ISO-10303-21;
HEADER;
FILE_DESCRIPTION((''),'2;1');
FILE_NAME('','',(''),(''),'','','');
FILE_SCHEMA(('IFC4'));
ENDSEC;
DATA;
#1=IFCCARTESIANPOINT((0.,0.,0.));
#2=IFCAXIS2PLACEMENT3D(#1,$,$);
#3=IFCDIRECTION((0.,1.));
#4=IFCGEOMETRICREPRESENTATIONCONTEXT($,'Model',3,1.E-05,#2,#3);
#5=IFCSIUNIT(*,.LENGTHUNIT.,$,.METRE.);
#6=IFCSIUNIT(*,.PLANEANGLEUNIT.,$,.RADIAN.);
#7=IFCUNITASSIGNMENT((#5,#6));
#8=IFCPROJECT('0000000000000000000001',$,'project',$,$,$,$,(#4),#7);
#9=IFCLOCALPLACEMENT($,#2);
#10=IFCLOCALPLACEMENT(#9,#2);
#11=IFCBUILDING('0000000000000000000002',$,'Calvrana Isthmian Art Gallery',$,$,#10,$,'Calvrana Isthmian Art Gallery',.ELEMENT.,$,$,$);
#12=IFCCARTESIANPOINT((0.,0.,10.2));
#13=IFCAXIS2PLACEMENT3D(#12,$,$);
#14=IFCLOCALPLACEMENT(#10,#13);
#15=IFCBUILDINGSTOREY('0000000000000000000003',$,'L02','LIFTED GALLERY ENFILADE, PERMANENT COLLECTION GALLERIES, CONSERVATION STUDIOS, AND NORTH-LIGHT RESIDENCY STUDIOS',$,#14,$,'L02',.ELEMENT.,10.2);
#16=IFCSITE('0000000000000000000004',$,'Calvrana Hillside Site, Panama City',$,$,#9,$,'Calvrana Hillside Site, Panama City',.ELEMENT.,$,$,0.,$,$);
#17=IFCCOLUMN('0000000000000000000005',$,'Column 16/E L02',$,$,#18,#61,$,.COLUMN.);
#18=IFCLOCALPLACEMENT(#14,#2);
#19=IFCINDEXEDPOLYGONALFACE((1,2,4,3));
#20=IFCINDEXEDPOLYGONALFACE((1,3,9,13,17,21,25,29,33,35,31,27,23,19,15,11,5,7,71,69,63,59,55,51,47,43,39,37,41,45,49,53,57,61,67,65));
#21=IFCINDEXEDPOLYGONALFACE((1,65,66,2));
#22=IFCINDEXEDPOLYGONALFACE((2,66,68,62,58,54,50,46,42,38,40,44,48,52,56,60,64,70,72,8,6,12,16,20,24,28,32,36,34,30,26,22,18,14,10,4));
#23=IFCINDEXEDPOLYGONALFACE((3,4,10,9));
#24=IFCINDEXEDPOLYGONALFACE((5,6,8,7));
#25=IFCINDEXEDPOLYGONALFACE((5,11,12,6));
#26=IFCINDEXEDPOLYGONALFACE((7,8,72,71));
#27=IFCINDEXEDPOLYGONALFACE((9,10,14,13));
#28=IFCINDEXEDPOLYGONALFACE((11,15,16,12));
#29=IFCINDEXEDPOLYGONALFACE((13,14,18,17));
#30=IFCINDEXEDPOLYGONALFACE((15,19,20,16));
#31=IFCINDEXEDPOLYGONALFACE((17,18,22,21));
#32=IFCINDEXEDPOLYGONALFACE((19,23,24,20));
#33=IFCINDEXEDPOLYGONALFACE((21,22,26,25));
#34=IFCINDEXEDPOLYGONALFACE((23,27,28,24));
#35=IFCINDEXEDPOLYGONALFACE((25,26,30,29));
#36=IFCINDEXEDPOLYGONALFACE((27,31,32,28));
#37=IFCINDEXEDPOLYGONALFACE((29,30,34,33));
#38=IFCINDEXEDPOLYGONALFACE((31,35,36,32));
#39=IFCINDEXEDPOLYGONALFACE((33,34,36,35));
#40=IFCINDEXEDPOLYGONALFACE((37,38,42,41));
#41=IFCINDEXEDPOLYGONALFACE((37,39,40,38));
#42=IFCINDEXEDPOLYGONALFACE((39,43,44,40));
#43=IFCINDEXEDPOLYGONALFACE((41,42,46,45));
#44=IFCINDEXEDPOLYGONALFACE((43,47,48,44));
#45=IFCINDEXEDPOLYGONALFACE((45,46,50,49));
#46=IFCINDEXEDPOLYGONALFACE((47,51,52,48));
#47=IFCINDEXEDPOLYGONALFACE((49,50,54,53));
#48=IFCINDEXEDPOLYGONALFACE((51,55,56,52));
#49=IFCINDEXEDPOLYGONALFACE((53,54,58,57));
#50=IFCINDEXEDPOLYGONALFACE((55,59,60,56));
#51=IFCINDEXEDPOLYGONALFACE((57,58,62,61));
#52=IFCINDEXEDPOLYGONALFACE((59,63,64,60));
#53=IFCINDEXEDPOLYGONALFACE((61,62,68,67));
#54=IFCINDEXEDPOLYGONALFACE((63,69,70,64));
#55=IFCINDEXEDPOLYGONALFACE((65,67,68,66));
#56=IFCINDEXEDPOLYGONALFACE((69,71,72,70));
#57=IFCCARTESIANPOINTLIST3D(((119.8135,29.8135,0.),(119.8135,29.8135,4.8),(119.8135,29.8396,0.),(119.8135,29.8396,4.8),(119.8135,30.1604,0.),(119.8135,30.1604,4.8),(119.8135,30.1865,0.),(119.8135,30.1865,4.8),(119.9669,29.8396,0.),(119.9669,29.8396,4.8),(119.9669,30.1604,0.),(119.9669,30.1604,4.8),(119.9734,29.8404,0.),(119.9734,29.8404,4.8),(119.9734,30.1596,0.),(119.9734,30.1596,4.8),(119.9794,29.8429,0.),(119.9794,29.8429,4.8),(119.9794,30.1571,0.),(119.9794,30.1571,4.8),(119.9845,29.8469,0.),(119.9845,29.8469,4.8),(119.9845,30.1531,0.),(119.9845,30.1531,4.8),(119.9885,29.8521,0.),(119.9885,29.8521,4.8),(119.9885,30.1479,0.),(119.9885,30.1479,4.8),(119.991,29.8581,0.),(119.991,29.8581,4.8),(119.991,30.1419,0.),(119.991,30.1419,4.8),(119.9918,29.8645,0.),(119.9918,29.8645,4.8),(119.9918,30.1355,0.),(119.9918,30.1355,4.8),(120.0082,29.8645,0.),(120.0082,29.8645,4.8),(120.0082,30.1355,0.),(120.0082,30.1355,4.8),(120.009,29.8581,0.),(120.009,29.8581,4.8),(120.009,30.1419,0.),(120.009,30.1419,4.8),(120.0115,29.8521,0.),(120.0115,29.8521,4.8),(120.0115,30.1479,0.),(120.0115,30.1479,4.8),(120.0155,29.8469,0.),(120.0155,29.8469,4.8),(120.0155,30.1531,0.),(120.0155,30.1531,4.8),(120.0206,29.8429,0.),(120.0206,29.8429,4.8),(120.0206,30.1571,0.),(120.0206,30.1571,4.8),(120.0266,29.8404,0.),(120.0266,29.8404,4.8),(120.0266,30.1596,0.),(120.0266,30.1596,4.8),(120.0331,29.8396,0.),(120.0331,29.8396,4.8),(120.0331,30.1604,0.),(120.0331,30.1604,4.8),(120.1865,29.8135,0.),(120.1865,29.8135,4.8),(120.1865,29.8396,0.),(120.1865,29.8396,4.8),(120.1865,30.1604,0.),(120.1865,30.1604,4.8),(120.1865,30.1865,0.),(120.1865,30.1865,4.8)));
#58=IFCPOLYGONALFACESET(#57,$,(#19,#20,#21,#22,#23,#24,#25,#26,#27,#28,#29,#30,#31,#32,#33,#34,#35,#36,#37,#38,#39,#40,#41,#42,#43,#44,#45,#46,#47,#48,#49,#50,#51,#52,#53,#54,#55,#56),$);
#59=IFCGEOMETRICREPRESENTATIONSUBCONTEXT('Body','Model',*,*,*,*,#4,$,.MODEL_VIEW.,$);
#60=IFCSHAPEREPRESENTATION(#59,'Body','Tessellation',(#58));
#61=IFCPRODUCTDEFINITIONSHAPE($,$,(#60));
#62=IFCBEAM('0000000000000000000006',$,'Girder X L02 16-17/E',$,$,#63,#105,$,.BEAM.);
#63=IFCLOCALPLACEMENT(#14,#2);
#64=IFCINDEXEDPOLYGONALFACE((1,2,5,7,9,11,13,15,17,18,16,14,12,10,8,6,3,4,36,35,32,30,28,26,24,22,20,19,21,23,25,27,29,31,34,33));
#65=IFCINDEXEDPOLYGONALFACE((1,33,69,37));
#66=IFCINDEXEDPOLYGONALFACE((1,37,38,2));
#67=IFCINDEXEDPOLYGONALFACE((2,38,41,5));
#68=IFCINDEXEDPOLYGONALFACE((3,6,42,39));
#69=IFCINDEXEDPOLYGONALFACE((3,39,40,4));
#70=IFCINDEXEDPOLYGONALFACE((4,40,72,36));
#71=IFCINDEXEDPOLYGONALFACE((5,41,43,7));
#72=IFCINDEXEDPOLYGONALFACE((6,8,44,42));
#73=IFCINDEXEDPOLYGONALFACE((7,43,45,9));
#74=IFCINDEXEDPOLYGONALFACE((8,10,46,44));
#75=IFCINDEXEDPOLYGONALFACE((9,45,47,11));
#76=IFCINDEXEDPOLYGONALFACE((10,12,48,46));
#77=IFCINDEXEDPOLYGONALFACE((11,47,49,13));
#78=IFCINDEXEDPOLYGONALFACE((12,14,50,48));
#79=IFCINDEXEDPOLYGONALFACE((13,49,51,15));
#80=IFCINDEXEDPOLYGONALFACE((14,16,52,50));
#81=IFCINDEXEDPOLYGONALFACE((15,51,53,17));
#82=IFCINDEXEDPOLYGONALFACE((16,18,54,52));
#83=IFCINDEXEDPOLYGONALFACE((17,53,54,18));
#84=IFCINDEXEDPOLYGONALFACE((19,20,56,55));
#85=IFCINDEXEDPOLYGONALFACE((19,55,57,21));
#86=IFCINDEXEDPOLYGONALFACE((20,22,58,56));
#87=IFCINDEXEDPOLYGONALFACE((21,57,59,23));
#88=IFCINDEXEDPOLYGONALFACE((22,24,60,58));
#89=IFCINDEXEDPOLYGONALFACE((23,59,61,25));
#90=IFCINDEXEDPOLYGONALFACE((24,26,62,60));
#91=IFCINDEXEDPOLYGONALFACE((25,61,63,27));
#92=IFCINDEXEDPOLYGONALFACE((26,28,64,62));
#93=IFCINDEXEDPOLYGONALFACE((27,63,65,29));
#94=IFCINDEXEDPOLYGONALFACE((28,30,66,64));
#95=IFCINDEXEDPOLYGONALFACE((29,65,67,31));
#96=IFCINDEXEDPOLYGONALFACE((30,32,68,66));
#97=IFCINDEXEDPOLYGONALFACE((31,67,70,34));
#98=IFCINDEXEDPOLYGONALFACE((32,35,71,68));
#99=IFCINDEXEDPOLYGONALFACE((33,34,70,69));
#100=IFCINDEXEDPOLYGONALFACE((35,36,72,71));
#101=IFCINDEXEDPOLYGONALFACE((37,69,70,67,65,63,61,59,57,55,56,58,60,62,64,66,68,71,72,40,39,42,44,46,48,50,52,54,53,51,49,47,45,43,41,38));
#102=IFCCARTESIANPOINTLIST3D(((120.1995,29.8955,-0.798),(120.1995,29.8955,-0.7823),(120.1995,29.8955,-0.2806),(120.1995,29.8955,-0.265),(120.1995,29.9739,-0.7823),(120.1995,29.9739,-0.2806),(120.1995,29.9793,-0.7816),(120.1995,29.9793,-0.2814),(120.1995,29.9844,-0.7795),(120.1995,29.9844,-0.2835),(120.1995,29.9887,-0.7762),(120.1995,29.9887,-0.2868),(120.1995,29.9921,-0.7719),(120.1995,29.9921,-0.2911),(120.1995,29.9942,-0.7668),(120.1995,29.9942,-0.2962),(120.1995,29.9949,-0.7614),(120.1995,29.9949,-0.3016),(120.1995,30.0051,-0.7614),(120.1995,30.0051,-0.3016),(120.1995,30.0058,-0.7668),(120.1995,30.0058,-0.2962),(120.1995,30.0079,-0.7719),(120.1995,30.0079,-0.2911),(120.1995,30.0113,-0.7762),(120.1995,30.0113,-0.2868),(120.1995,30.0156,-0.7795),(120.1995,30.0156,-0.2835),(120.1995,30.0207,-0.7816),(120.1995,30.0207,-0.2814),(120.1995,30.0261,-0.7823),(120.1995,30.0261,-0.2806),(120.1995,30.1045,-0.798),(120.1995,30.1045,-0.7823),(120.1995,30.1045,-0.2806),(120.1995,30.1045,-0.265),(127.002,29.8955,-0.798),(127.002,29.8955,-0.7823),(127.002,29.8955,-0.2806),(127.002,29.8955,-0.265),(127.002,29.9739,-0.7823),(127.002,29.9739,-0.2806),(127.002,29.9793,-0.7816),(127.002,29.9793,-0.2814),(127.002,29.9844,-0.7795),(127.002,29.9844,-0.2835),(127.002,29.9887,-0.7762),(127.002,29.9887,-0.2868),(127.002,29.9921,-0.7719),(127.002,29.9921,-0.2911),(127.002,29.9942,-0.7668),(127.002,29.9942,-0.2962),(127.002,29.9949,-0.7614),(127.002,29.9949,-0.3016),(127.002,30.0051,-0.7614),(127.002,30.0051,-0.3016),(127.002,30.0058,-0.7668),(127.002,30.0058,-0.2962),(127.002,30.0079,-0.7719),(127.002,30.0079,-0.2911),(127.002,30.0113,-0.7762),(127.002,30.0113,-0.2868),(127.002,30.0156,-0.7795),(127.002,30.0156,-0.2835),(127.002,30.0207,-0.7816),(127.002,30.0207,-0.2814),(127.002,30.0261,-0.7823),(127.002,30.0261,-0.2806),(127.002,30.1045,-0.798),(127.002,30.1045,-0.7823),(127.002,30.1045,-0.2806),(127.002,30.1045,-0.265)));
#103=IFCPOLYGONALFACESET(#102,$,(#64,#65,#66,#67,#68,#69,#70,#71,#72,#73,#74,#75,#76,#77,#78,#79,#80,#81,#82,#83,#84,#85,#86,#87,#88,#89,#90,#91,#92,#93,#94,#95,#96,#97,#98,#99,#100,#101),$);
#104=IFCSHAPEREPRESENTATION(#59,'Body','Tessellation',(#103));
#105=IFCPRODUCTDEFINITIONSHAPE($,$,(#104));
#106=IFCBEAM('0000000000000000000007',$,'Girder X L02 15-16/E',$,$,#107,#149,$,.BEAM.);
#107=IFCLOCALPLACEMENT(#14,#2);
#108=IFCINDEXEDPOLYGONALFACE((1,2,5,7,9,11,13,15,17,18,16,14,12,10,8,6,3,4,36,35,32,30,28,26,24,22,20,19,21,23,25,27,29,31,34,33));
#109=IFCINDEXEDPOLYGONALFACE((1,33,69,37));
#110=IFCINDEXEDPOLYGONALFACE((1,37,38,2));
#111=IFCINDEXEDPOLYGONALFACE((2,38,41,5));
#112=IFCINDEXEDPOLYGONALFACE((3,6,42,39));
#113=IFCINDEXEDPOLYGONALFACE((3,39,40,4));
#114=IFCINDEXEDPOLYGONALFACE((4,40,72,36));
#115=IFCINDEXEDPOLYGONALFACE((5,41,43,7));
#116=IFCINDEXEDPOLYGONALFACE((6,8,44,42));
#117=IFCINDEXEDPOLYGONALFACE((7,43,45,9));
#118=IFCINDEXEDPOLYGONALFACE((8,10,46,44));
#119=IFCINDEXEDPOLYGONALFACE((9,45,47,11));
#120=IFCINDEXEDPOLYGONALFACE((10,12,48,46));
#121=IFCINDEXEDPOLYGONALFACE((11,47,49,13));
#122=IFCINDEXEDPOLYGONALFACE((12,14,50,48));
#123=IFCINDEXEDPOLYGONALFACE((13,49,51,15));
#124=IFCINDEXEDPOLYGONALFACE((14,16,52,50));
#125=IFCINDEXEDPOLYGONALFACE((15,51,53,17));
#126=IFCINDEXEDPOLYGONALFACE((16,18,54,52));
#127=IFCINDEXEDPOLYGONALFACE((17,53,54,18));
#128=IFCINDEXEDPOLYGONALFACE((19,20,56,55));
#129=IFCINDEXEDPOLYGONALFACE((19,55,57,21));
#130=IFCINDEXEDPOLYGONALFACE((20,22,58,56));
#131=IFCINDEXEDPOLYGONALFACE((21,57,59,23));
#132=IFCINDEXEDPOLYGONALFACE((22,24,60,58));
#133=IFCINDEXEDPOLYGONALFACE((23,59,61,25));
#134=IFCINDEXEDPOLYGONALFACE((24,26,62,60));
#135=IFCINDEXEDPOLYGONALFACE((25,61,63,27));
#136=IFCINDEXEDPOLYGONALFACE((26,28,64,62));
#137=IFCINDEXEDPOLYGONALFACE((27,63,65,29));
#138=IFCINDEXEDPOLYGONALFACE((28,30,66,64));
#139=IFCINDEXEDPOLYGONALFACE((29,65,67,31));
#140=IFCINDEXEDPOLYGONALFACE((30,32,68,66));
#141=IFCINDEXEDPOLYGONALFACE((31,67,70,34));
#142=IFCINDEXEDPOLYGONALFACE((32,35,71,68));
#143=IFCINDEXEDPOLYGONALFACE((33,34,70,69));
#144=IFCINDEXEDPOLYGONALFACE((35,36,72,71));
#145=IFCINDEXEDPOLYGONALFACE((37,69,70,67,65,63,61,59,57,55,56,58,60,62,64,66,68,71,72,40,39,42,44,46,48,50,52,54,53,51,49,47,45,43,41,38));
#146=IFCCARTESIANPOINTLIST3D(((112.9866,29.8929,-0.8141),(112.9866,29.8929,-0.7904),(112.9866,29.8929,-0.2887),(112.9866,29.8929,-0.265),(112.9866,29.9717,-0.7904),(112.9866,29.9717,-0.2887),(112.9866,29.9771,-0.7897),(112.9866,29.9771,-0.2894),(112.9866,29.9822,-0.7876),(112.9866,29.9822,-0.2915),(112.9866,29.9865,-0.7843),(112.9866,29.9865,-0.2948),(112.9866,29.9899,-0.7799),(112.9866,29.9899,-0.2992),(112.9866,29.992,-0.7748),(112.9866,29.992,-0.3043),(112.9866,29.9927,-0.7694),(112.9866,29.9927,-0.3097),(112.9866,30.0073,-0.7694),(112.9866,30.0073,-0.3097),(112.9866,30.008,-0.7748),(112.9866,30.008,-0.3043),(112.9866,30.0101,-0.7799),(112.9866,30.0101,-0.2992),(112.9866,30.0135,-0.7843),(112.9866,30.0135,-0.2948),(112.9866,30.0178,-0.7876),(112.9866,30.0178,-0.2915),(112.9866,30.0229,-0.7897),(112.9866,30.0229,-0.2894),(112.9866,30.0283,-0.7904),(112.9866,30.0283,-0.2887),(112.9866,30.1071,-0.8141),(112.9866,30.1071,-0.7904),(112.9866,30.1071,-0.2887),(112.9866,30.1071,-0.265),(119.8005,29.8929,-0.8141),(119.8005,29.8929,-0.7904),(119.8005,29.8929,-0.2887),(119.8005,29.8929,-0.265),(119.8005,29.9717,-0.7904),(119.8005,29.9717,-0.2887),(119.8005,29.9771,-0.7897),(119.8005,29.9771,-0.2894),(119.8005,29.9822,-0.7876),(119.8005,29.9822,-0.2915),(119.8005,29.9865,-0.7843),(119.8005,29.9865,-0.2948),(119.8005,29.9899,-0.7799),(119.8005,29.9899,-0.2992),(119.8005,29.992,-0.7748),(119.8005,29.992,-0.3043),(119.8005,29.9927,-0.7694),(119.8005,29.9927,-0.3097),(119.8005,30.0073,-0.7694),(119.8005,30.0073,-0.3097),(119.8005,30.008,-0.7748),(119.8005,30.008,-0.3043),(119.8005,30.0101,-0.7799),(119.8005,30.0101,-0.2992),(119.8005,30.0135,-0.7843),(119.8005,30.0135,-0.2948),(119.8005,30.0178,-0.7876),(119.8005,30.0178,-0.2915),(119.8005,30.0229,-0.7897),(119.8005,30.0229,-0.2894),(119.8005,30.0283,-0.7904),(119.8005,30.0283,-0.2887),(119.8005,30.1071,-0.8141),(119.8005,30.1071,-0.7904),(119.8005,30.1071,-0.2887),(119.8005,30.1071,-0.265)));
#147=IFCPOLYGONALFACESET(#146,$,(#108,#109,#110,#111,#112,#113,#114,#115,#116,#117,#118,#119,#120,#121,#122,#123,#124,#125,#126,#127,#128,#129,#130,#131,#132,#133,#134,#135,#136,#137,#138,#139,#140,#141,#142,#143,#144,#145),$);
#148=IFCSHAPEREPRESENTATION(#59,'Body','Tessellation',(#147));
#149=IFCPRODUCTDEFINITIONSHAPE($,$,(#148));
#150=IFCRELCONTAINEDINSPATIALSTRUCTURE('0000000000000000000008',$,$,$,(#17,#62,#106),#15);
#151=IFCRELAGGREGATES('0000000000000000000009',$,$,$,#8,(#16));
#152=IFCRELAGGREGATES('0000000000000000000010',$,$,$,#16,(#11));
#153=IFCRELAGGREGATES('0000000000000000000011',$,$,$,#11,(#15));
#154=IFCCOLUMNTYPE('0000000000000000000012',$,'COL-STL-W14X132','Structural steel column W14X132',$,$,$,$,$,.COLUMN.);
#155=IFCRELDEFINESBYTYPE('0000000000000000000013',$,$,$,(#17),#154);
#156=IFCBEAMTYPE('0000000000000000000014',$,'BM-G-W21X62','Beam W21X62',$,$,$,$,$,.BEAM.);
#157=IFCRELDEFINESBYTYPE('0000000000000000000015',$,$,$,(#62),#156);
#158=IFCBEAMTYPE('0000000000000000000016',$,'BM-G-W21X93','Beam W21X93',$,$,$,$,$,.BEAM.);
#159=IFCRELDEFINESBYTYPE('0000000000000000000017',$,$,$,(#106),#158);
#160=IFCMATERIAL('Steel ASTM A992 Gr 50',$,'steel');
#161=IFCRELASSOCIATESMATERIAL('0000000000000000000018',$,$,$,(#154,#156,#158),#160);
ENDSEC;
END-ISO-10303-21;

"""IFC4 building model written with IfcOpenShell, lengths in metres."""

from ifc_helpers import new_model, si_unit, direction, frame, origin, origin_2d, place, context, subcontext, project, spatial, i_section, extrude, material, material_profile, profile_set, type_object, element, save


model = new_model("IFC4")

# Units and contexts
model_context = context("Model", 3, precision=1e-05, world=origin(), true_north=direction((0.0, 1.0)))
body_context = subcontext(model_context, "Body", "Model", "MODEL_VIEW")
ifc_project = project(units=[si_unit("LENGTHUNIT", "METRE"), si_unit("PLANEANGLEUNIT", "RADIAN")], contexts=[model_context])

# Site, building, storey
site_placement = place(None, origin())
site = spatial("IfcSite", under=ifc_project, at=site_placement, Name="Calvrana Hillside Site, Panama City", LongName="Calvrana Hillside Site, Panama City", CompositionType="ELEMENT", RefElevation=0.0)
building_placement = place(site_placement, origin())
building = spatial("IfcBuilding", under=site, at=building_placement, Name="Calvrana Isthmian Art Gallery", LongName="Calvrana Isthmian Art Gallery", CompositionType="ELEMENT")
storey_placement = place(building_placement, frame((0.0, 0.0, 10.2)))
storey = spatial("IfcBuildingStorey", under=building, at=storey_placement, Name="L02", Description="LIFTED GALLERY ENFILADE, PERMANENT COLLECTION GALLERIES, CONSERVATION STUDIOS, AND NORTH-LIGHT RESIDENCY STUDIOS", LongName="L02", CompositionType="ELEMENT", Elevation=10.2)

# Column
ifc_material_1 = material(Name="Steel ASTM A992 Gr 50", Category="steel")
ifc_material_profile_1 = material_profile(ifc_material_1, i_section(OverallWidth=0.373, OverallDepth=0.373, WebThickness=0.0164, FlangeThickness=0.0261, FilletRadius=0.0249, at=origin_2d()), Name="W14X132")
ifc_profile_set_1 = profile_set([ifc_material_profile_1], Name="Steel ASTM A992 Gr 50")
column_type = type_object("IfcColumnType", Name="COL-STL-W14X132", Description="Structural steel column W14X132", PredefinedType="COLUMN", material=ifc_profile_set_1)
column_placement = place(storey_placement, frame((120.0, 30.0, 0.0), z_axis=(0.0, 0.0, 1.0), x_axis=(1.0, 0.0, 0.0)))
element("IfcColumn", 1, at=column_placement, inside=storey, type_object=column_type, Name="Column 16/E L02", PredefinedType="COLUMN", context=body_context, shape_type="SweptSolid", body=[
    extrude(i_section(OverallWidth=0.373, OverallDepth=0.373, WebThickness=0.0164, FlangeThickness=0.0261, FilletRadius=0.0249, at=origin_2d()), origin(), (0.0, 0.0, 1.0), 4.8),
])

# Beams
ifc_material_profile_2 = material_profile(ifc_material_1, i_section(OverallWidth=0.209, OverallDepth=0.533, WebThickness=0.0103, FlangeThickness=0.0156, FilletRadius=0.021, at=origin_2d()), Name="W21X62")
ifc_profile_set_2 = profile_set([ifc_material_profile_2], Name="Steel ASTM A992 Gr 50")
beam_type_1 = type_object("IfcBeamType", Name="BM-G-W21X62", Description="Beam W21X62", PredefinedType="BEAM", material=ifc_profile_set_2)
beam_1_placement = place(storey_placement, frame((120.1995, 30.0, -0.5315), z_axis=(1.0, 0.0, 0.0), x_axis=(0.0, 1.0, 0.0)))
element("IfcBeam", 2, at=beam_1_placement, inside=storey, type_object=beam_type_1, Name="Girder X L02 16-17/E", PredefinedType="BEAM", context=body_context, shape_type="SweptSolid", body=[
    extrude(i_section(OverallWidth=0.209, OverallDepth=0.533, WebThickness=0.0103, FlangeThickness=0.0156, FilletRadius=0.021, at=origin_2d()), origin(), (0.0, 0.0, 1.0), 6.8025),
])
ifc_material_profile_3 = material_profile(ifc_material_1, i_section(OverallWidth=0.2141, OverallDepth=0.5491, WebThickness=0.0146, FlangeThickness=0.0237, FilletRadius=0.021, at=origin_2d()), Name="W21X93")
ifc_profile_set_3 = profile_set([ifc_material_profile_3], Name="Steel ASTM A992 Gr 50")
beam_type_2 = type_object("IfcBeamType", Name="BM-G-W21X93", Description="Beam W21X93", PredefinedType="BEAM", material=ifc_profile_set_3)
beam_2_placement = place(storey_placement, frame((112.9866, 30.0, -0.5396), z_axis=(1.0, 0.0, 0.0), x_axis=(0.0, 1.0, 0.0)))
element("IfcBeam", 3, at=beam_2_placement, inside=storey, type_object=beam_type_2, Name="Girder X L02 15-16/E", PredefinedType="BEAM", context=body_context, shape_type="SweptSolid", body=[
    extrude(i_section(OverallWidth=0.2141, OverallDepth=0.5491, WebThickness=0.0146, FlangeThickness=0.0237, FilletRadius=0.021, at=origin_2d()), origin(), (0.0, 0.0, 1.0), 6.814),
])

save(model, "model.ifc")
